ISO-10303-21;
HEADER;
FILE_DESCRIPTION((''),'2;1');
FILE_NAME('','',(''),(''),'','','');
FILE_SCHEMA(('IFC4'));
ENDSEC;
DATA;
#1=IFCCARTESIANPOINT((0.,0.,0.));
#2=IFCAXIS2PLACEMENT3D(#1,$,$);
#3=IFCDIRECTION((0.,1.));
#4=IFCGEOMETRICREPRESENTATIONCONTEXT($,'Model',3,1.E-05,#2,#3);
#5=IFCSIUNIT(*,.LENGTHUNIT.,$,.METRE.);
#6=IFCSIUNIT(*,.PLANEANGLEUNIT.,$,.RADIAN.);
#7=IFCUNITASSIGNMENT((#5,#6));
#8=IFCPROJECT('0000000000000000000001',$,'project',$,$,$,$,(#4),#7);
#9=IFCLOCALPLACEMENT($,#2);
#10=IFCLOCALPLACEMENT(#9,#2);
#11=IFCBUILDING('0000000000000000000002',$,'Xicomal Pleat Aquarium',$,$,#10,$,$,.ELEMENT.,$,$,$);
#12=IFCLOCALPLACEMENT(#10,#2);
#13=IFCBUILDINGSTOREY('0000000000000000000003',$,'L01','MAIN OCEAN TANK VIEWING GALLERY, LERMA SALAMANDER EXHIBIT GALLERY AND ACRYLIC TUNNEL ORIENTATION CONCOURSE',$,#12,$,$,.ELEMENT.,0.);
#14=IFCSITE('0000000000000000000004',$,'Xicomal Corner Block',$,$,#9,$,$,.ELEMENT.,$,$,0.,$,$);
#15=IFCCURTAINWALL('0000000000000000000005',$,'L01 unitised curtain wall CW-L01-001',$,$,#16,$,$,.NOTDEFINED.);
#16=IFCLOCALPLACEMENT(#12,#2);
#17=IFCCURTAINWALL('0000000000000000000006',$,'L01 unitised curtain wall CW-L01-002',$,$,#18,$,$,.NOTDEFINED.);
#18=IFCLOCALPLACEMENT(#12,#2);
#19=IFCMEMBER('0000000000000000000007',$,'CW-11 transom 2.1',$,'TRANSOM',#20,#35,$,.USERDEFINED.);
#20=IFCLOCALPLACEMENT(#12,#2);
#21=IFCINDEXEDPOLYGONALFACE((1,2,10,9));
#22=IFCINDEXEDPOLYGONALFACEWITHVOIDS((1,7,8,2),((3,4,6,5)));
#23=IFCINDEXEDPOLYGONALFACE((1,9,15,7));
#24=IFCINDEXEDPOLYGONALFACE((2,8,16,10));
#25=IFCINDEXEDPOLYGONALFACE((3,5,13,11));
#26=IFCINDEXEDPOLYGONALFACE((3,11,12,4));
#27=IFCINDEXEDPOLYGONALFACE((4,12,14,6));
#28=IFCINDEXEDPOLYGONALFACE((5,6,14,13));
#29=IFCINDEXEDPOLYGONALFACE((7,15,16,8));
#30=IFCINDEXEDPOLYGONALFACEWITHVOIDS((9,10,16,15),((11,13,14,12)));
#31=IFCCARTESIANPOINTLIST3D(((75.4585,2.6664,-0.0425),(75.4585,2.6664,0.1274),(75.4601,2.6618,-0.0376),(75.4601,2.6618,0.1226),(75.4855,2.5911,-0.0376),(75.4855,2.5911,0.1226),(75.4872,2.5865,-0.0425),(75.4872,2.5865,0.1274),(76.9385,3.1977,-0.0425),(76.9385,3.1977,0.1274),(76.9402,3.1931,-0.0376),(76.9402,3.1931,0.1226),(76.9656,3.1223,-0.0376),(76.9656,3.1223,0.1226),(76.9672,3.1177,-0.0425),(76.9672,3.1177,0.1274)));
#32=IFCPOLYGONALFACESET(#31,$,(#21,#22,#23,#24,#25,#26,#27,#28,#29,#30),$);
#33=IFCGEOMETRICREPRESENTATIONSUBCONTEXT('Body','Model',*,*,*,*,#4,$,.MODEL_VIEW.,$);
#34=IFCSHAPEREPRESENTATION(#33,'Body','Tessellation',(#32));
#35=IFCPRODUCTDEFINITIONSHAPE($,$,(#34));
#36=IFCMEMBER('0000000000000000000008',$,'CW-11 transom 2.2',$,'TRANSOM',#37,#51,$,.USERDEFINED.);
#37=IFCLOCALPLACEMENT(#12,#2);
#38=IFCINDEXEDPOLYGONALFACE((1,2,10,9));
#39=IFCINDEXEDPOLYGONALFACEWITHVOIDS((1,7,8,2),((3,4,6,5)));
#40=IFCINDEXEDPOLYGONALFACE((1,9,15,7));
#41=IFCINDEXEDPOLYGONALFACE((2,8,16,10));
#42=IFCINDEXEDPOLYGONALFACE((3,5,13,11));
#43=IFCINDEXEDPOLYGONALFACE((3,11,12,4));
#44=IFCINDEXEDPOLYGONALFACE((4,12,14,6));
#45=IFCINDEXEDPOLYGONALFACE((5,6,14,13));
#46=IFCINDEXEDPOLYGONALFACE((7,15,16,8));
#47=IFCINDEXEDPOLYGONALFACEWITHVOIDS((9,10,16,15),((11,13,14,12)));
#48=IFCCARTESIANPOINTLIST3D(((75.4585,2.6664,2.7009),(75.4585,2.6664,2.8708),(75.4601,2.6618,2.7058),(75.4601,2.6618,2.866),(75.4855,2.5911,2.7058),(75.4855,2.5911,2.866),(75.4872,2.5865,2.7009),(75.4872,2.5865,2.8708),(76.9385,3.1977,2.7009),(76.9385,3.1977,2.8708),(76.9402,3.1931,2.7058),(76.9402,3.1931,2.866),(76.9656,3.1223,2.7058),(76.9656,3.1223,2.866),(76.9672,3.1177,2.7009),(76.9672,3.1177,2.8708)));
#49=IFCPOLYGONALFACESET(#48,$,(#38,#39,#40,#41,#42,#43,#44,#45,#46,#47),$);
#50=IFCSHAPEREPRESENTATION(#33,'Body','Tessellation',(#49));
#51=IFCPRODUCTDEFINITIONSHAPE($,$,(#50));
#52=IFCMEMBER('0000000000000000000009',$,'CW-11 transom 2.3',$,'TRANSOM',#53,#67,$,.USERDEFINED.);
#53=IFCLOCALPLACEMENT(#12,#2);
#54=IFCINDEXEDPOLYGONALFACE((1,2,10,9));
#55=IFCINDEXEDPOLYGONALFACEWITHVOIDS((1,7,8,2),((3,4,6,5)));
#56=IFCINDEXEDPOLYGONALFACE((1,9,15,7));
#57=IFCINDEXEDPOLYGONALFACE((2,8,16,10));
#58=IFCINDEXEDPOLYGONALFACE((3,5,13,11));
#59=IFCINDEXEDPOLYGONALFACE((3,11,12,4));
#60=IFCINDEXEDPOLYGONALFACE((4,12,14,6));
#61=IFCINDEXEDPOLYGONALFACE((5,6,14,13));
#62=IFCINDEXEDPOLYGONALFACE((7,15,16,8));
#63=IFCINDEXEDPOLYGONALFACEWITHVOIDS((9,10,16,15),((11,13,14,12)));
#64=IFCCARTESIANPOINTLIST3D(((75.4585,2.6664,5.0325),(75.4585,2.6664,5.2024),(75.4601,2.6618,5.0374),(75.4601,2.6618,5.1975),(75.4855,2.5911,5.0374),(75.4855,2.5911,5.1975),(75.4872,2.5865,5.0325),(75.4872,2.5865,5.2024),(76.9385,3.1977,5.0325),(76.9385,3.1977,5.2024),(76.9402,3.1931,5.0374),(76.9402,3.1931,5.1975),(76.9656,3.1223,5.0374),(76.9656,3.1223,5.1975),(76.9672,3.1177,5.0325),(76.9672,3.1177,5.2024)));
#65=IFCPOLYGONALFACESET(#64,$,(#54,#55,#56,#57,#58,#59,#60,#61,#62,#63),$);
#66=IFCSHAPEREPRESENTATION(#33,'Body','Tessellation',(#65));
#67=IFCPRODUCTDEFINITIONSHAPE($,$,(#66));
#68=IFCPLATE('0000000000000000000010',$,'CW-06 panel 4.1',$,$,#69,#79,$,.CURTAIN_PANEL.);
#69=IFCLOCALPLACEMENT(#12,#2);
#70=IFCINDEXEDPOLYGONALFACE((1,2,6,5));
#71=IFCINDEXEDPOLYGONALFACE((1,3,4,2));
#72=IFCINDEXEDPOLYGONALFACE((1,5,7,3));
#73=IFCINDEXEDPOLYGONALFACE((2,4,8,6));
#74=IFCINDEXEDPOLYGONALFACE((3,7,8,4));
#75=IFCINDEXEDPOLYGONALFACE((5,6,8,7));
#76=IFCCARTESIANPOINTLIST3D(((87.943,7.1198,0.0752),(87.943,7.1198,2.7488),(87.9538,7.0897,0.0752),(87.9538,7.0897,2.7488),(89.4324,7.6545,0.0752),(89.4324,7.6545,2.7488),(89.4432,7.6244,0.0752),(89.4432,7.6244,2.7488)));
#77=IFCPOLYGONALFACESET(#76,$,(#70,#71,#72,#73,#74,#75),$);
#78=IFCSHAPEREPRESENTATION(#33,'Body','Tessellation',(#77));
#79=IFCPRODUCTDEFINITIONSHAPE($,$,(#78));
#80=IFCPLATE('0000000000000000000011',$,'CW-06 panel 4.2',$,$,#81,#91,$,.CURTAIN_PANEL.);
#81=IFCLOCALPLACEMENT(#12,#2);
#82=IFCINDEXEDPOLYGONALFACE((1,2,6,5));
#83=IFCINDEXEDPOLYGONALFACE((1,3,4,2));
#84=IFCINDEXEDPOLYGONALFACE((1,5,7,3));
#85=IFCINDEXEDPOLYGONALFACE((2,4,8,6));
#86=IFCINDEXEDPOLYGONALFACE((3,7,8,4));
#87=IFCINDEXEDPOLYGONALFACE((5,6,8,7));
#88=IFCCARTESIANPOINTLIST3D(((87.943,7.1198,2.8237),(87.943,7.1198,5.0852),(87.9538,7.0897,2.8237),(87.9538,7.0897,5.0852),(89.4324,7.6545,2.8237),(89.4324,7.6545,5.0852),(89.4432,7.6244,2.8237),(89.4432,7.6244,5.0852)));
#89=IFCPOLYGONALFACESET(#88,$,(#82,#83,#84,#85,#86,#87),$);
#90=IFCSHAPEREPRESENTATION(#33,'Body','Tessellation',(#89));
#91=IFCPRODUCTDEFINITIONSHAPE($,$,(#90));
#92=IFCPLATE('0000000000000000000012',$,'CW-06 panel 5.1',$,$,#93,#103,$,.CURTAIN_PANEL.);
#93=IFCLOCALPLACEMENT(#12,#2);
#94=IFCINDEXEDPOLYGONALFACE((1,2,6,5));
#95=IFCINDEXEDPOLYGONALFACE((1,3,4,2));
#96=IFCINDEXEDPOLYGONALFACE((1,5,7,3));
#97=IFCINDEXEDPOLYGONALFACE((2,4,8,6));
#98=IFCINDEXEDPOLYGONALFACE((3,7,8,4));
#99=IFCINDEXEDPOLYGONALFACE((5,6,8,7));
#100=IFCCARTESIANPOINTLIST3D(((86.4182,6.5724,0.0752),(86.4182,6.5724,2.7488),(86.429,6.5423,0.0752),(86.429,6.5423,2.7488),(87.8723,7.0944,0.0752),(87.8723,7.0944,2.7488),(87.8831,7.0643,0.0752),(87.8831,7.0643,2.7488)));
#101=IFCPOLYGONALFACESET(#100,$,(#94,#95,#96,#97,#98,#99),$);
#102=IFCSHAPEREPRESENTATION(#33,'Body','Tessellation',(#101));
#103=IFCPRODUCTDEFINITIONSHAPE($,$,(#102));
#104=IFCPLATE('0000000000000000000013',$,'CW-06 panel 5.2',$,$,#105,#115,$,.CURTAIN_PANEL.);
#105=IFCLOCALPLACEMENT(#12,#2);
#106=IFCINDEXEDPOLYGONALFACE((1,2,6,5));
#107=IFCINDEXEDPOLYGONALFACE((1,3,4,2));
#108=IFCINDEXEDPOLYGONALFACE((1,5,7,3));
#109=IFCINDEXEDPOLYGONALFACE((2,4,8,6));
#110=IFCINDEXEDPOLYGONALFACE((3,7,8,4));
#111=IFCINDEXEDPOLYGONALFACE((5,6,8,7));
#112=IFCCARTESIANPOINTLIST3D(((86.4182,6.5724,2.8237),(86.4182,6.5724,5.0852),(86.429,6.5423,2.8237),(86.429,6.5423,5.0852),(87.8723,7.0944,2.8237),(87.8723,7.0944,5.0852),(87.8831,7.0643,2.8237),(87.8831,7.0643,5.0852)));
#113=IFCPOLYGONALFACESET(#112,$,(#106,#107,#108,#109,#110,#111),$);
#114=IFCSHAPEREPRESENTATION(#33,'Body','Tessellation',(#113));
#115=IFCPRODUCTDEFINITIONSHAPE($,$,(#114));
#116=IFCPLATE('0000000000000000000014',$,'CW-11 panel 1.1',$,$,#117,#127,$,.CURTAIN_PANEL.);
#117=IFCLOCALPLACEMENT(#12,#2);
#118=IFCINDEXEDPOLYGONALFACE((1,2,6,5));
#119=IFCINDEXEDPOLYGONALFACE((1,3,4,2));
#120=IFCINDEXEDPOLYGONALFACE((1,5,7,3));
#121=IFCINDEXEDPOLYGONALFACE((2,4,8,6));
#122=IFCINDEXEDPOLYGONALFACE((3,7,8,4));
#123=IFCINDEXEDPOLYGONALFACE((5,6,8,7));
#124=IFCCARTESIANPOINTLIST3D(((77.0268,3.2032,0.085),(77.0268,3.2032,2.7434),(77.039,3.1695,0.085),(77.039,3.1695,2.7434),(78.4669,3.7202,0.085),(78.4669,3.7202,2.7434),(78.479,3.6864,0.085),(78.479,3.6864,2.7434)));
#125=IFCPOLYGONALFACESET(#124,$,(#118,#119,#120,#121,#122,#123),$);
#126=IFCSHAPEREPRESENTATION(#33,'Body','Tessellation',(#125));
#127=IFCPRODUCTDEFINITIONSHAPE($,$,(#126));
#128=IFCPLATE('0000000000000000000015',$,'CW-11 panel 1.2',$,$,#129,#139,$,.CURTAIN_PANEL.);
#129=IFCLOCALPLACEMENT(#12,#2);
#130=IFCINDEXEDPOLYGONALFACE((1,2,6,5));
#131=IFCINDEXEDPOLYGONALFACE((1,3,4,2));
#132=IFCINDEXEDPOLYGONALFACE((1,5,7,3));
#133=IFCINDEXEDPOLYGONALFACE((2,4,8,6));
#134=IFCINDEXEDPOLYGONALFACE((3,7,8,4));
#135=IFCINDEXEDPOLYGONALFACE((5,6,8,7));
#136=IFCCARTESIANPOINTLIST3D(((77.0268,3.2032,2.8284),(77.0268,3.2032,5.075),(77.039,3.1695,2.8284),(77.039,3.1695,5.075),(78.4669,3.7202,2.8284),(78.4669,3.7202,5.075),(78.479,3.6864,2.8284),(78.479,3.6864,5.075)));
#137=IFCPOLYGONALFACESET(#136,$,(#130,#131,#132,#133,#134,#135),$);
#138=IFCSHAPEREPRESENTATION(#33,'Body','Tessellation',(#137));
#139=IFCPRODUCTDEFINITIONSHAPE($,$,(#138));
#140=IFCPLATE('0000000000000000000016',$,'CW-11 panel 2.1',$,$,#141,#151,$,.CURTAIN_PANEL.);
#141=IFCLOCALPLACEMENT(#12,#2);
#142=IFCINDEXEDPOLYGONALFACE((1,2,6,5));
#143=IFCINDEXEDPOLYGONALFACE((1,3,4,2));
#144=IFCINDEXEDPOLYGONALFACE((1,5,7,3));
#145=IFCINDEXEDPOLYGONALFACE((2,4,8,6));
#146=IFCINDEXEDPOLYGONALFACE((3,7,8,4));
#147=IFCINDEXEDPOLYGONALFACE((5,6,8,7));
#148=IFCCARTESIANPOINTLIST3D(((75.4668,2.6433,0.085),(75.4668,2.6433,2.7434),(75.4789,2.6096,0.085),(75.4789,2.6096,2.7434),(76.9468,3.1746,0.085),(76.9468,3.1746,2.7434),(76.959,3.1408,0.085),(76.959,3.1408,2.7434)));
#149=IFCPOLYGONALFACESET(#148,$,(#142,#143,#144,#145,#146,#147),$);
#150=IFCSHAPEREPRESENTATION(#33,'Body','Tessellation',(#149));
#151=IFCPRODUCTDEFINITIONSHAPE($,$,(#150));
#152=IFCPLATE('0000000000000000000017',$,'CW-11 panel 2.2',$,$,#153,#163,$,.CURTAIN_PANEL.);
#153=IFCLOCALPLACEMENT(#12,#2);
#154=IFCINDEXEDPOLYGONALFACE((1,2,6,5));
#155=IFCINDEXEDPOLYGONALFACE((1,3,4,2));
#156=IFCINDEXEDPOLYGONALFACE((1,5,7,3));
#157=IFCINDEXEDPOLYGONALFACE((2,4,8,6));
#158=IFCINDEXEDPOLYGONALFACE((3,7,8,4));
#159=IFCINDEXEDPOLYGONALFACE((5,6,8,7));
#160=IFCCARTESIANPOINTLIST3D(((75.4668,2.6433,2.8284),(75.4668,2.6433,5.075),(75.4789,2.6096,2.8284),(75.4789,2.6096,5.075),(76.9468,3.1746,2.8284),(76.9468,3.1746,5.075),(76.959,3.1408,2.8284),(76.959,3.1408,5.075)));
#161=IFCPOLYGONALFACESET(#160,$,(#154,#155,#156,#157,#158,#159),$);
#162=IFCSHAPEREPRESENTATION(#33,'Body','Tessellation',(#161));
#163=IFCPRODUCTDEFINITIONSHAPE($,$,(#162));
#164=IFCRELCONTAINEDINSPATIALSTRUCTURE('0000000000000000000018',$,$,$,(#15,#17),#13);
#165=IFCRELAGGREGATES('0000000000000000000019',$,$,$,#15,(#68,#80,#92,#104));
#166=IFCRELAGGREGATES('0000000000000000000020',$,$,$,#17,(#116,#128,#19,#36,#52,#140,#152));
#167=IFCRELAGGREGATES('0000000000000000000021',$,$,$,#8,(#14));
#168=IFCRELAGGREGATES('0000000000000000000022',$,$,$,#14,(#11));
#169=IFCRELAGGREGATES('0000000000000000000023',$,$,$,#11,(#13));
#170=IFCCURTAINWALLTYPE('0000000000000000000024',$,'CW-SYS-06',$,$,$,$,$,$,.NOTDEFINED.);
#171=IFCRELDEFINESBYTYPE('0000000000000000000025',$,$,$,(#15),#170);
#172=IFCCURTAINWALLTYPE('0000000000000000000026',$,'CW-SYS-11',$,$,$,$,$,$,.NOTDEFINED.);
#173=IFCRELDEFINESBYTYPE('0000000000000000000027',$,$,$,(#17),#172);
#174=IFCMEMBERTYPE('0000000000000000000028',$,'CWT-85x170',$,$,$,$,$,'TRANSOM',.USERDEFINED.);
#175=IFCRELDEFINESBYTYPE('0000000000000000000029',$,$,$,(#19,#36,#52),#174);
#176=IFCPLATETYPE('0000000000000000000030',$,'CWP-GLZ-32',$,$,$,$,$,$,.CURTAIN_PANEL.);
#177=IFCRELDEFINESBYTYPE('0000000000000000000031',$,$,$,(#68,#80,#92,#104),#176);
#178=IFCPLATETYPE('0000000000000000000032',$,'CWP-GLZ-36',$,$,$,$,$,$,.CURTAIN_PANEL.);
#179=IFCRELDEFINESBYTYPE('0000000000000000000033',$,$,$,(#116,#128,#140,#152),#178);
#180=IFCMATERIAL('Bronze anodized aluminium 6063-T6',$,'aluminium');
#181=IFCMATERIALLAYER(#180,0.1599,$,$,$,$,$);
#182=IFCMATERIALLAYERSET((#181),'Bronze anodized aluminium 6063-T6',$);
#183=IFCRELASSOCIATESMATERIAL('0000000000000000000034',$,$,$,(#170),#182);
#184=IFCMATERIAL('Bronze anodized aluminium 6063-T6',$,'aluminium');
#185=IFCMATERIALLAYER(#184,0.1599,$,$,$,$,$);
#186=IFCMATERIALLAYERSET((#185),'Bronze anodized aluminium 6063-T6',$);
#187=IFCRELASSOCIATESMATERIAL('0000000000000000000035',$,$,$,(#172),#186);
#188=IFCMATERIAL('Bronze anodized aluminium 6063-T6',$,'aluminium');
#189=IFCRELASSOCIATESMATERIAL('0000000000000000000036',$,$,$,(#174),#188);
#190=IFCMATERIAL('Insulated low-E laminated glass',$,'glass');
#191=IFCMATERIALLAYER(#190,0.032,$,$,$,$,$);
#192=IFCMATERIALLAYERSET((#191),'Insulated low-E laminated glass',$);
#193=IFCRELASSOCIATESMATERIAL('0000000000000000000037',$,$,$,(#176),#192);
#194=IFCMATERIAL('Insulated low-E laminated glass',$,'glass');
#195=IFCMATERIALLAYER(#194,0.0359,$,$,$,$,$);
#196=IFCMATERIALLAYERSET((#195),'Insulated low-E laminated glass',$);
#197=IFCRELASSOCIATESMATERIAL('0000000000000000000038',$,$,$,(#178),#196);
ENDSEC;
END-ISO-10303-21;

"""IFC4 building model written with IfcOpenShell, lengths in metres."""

from ifc_helpers import new_model, si_unit, direction, frame, origin, origin_2d, place, context, subcontext, project, spatial, rectangle, hollow_rectangle, extrude, material, layer, layer_set, material_profile, profile_set, type_object, element, aggregate, save


model = new_model("IFC4")

# Units and contexts
model_context = context("Model", 3, precision=1e-05, world=origin(), true_north=direction((0.0, 1.0)))
body_context = subcontext(model_context, "Body", "Model", "MODEL_VIEW")
ifc_project = project(units=[si_unit("LENGTHUNIT", "METRE"), si_unit("PLANEANGLEUNIT", "RADIAN")], contexts=[model_context])

# Site, building, storey
site_placement = place(None, origin())
site = spatial("IfcSite", under=ifc_project, at=site_placement, Name="Xicomal Corner Block", CompositionType="ELEMENT", RefElevation=0.0)
building_placement = place(site_placement, origin())
building = spatial("IfcBuilding", under=site, at=building_placement, Name="Xicomal Pleat Aquarium", CompositionType="ELEMENT")
storey_placement = place(building_placement, origin())
storey = spatial("IfcBuildingStorey", under=building, at=storey_placement, Name="L01", Description="MAIN OCEAN TANK VIEWING GALLERY, LERMA SALAMANDER EXHIBIT GALLERY AND ACRYLIC TUNNEL ORIENTATION CONCOURSE", CompositionType="ELEMENT", Elevation=0.0)

# Curtain walls
ifc_material_1 = material(Name="Bronze anodized aluminium 6063-T6", Category="aluminium")
ifc_layer_1 = layer(ifc_material_1, 0.1599)
ifc_layer_set_1 = layer_set([ifc_layer_1], Name="Bronze anodized aluminium 6063-T6")
curtain_wall_type_1 = type_object("IfcCurtainWallType", Name="CW-SYS-06", PredefinedType="NOTDEFINED", material=ifc_layer_set_1)
curtain_wall_1_placement = place(storey_placement, origin())
curtain_wall_1 = element("IfcCurtainWall", 1, at=curtain_wall_1_placement, inside=storey, type_object=curtain_wall_type_1, Name="L01 unitised curtain wall CW-L01-001", PredefinedType="NOTDEFINED")
ifc_material_2 = material(Name="Bronze anodized aluminium 6063-T6", Category="aluminium")
ifc_layer_2 = layer(ifc_material_2, 0.1599)
ifc_layer_set_2 = layer_set([ifc_layer_2], Name="Bronze anodized aluminium 6063-T6")
curtain_wall_type_2 = type_object("IfcCurtainWallType", Name="CW-SYS-11", PredefinedType="NOTDEFINED", material=ifc_layer_set_2)
curtain_wall_2_placement = place(storey_placement, origin())
curtain_wall_2 = element("IfcCurtainWall", 2, at=curtain_wall_2_placement, inside=storey, type_object=curtain_wall_type_2, Name="L01 unitised curtain wall CW-L01-002", PredefinedType="NOTDEFINED")

# Members
ifc_material_3 = material(Name="Bronze anodized aluminium 6063-T6", Category="aluminium")
ifc_material_profile_1 = material_profile(ifc_material_3, hollow_rectangle(XDim=0.085, YDim=0.1699, WallThickness=0.0049, at=origin_2d()), Name="ALU TRAN 85x170")
ifc_profile_set_1 = profile_set([ifc_material_profile_1], Name="Bronze anodized aluminium 6063-T6")
member_type_1 = type_object("IfcMemberType", Name="CWT-85x170", ElementType="TRANSOM", PredefinedType="USERDEFINED", material=ifc_profile_set_1)
member_1_placement = place(storey_placement, frame((76.9529, 3.1577, 0.0425), z_axis=(-0.9412, -0.337851, 0.0), x_axis=(0.337851, -0.9412, 0.0)))
member_1 = element("IfcMember", 3, at=member_1_placement, type_object=member_type_1, Name="CW-11 transom 2.1", ObjectType="TRANSOM", PredefinedType="USERDEFINED", context=body_context, shape_type="SweptSolid", body=[
    extrude(hollow_rectangle(XDim=0.085, YDim=0.1699, WallThickness=0.0049, at=origin_2d()), origin(), (0.0, 0.0, 1.0), 1.5725),
])
member_2_placement = place(storey_placement, frame((76.9529, 3.1577, 2.7859), z_axis=(-0.9412, -0.337851, 0.0), x_axis=(0.337851, -0.9412, 0.0)))
member_2 = element("IfcMember", 4, at=member_2_placement, type_object=member_type_1, Name="CW-11 transom 2.2", ObjectType="TRANSOM", PredefinedType="USERDEFINED", context=body_context, shape_type="SweptSolid", body=[
    extrude(hollow_rectangle(XDim=0.085, YDim=0.1699, WallThickness=0.0049, at=origin_2d()), origin(), (0.0, 0.0, 1.0), 1.5725),
])
member_3_placement = place(storey_placement, frame((76.9529, 3.1577, 5.1174), z_axis=(-0.9412, -0.337851, 0.0), x_axis=(0.337851, -0.9412, 0.0)))
member_3 = element("IfcMember", 5, at=member_3_placement, type_object=member_type_1, Name="CW-11 transom 2.3", ObjectType="TRANSOM", PredefinedType="USERDEFINED", context=body_context, shape_type="SweptSolid", body=[
    extrude(hollow_rectangle(XDim=0.085, YDim=0.1699, WallThickness=0.0049, at=origin_2d()), origin(), (0.0, 0.0, 1.0), 1.5725),
])

# Plates
ifc_material_4 = material(Name="Insulated low-E laminated glass", Category="glass")
ifc_layer_3 = layer(ifc_material_4, 0.032)
ifc_layer_set_3 = layer_set([ifc_layer_3], Name="Insulated low-E laminated glass")
plate_type_1 = type_object("IfcPlateType", Name="CWP-GLZ-32", PredefinedType="CURTAIN_PANEL", material=ifc_layer_set_3)
plate_1_placement = place(storey_placement, frame((88.6931, 7.3721, 0.0752), z_axis=(0.0, 0.0, 1.0), x_axis=(-0.941195, -0.337865, 0.0)))
plate_1 = element("IfcPlate", 6, at=plate_1_placement, type_object=plate_type_1, Name="CW-06 panel 4.1", PredefinedType="CURTAIN_PANEL", context=body_context, shape_type="SweptSolid", body=[
    extrude(rectangle(XDim=1.5825, YDim=0.032, at=origin_2d()), origin(), (0.0, 0.0, 1.0), 2.6736),
])
plate_2_placement = place(storey_placement, frame((88.6931, 7.3721, 2.8237), z_axis=(0.0, 0.0, 1.0), x_axis=(-0.941195, -0.337865, 0.0)))
plate_2 = element("IfcPlate", 7, at=plate_2_placement, type_object=plate_type_1, Name="CW-06 panel 4.2", PredefinedType="CURTAIN_PANEL", context=body_context, shape_type="SweptSolid", body=[
    extrude(rectangle(XDim=1.5825, YDim=0.032, at=origin_2d()), origin(), (0.0, 0.0, 1.0), 2.2615),
])
plate_3_placement = place(storey_placement, frame((87.1506, 6.8184, 0.0752), z_axis=(0.0, 0.0, 1.0), x_axis=(-0.941195, -0.337865, 0.0)))
plate_3 = element("IfcPlate", 8, at=plate_3_placement, type_object=plate_type_1, Name="CW-06 panel 5.1", PredefinedType="CURTAIN_PANEL", context=body_context, shape_type="SweptSolid", body=[
    extrude(rectangle(XDim=1.5449, YDim=0.032, at=origin_2d()), origin(), (0.0, 0.0, 1.0), 2.6736),
])
plate_4_placement = place(storey_placement, frame((87.1506, 6.8184, 2.8237), z_axis=(0.0, 0.0, 1.0), x_axis=(-0.941195, -0.337865, 0.0)))
plate_4 = element("IfcPlate", 9, at=plate_4_placement, type_object=plate_type_1, Name="CW-06 panel 5.2", PredefinedType="CURTAIN_PANEL", context=body_context, shape_type="SweptSolid", body=[
    extrude(rectangle(XDim=1.5449, YDim=0.032, at=origin_2d()), origin(), (0.0, 0.0, 1.0), 2.2615),
])
aggregate(curtain_wall_1, [plate_1, plate_2, plate_3, plate_4])
ifc_material_5 = material(Name="Insulated low-E laminated glass", Category="glass")
ifc_layer_4 = layer(ifc_material_5, 0.0359)
ifc_layer_set_4 = layer_set([ifc_layer_4], Name="Insulated low-E laminated glass")
plate_type_2 = type_object("IfcPlateType", Name="CWP-GLZ-36", PredefinedType="CURTAIN_PANEL", material=ifc_layer_set_4)
plate_5_placement = place(storey_placement, frame((77.7529, 3.4448, 0.085), z_axis=(0.0, 0.0, 1.0), x_axis=(-0.941195, -0.337865, 0.0)))
plate_5 = element("IfcPlate", 10, at=plate_5_placement, type_object=plate_type_2, Name="CW-11 panel 1.1", PredefinedType="CURTAIN_PANEL", context=body_context, shape_type="SweptSolid", body=[
    extrude(rectangle(XDim=1.53, YDim=0.0359, at=origin_2d()), origin(), (0.0, 0.0, 1.0), 2.6584),
])
plate_6_placement = place(storey_placement, frame((77.7529, 3.4448, 2.8284), z_axis=(0.0, 0.0, 1.0), x_axis=(-0.941195, -0.337865, 0.0)))
plate_6 = element("IfcPlate", 11, at=plate_6_placement, type_object=plate_type_2, Name="CW-11 panel 1.2", PredefinedType="CURTAIN_PANEL", context=body_context, shape_type="SweptSolid", body=[
    extrude(rectangle(XDim=1.53, YDim=0.0359, at=origin_2d()), origin(), (0.0, 0.0, 1.0), 2.2466),
])
plate_7_placement = place(storey_placement, frame((76.2129, 2.8921, 0.085), z_axis=(0.0, 0.0, 1.0), x_axis=(-0.941195, -0.337865, 0.0)))
plate_7 = element("IfcPlate", 12, at=plate_7_placement, type_object=plate_type_2, Name="CW-11 panel 2.1", PredefinedType="CURTAIN_PANEL", context=body_context, shape_type="SweptSolid", body=[
    extrude(rectangle(XDim=1.5725, YDim=0.0359, at=origin_2d()), origin(), (0.0, 0.0, 1.0), 2.6584),
])
plate_8_placement = place(storey_placement, frame((76.2129, 2.8921, 2.8284), z_axis=(0.0, 0.0, 1.0), x_axis=(-0.941195, -0.337865, 0.0)))
plate_8 = element("IfcPlate", 13, at=plate_8_placement, type_object=plate_type_2, Name="CW-11 panel 2.2", PredefinedType="CURTAIN_PANEL", context=body_context, shape_type="SweptSolid", body=[
    extrude(rectangle(XDim=1.5725, YDim=0.0359, at=origin_2d()), origin(), (0.0, 0.0, 1.0), 2.2466),
])
aggregate(curtain_wall_2, [plate_5, plate_6, member_1, member_2, member_3, plate_7, plate_8])

save(model, "model.ifc")
